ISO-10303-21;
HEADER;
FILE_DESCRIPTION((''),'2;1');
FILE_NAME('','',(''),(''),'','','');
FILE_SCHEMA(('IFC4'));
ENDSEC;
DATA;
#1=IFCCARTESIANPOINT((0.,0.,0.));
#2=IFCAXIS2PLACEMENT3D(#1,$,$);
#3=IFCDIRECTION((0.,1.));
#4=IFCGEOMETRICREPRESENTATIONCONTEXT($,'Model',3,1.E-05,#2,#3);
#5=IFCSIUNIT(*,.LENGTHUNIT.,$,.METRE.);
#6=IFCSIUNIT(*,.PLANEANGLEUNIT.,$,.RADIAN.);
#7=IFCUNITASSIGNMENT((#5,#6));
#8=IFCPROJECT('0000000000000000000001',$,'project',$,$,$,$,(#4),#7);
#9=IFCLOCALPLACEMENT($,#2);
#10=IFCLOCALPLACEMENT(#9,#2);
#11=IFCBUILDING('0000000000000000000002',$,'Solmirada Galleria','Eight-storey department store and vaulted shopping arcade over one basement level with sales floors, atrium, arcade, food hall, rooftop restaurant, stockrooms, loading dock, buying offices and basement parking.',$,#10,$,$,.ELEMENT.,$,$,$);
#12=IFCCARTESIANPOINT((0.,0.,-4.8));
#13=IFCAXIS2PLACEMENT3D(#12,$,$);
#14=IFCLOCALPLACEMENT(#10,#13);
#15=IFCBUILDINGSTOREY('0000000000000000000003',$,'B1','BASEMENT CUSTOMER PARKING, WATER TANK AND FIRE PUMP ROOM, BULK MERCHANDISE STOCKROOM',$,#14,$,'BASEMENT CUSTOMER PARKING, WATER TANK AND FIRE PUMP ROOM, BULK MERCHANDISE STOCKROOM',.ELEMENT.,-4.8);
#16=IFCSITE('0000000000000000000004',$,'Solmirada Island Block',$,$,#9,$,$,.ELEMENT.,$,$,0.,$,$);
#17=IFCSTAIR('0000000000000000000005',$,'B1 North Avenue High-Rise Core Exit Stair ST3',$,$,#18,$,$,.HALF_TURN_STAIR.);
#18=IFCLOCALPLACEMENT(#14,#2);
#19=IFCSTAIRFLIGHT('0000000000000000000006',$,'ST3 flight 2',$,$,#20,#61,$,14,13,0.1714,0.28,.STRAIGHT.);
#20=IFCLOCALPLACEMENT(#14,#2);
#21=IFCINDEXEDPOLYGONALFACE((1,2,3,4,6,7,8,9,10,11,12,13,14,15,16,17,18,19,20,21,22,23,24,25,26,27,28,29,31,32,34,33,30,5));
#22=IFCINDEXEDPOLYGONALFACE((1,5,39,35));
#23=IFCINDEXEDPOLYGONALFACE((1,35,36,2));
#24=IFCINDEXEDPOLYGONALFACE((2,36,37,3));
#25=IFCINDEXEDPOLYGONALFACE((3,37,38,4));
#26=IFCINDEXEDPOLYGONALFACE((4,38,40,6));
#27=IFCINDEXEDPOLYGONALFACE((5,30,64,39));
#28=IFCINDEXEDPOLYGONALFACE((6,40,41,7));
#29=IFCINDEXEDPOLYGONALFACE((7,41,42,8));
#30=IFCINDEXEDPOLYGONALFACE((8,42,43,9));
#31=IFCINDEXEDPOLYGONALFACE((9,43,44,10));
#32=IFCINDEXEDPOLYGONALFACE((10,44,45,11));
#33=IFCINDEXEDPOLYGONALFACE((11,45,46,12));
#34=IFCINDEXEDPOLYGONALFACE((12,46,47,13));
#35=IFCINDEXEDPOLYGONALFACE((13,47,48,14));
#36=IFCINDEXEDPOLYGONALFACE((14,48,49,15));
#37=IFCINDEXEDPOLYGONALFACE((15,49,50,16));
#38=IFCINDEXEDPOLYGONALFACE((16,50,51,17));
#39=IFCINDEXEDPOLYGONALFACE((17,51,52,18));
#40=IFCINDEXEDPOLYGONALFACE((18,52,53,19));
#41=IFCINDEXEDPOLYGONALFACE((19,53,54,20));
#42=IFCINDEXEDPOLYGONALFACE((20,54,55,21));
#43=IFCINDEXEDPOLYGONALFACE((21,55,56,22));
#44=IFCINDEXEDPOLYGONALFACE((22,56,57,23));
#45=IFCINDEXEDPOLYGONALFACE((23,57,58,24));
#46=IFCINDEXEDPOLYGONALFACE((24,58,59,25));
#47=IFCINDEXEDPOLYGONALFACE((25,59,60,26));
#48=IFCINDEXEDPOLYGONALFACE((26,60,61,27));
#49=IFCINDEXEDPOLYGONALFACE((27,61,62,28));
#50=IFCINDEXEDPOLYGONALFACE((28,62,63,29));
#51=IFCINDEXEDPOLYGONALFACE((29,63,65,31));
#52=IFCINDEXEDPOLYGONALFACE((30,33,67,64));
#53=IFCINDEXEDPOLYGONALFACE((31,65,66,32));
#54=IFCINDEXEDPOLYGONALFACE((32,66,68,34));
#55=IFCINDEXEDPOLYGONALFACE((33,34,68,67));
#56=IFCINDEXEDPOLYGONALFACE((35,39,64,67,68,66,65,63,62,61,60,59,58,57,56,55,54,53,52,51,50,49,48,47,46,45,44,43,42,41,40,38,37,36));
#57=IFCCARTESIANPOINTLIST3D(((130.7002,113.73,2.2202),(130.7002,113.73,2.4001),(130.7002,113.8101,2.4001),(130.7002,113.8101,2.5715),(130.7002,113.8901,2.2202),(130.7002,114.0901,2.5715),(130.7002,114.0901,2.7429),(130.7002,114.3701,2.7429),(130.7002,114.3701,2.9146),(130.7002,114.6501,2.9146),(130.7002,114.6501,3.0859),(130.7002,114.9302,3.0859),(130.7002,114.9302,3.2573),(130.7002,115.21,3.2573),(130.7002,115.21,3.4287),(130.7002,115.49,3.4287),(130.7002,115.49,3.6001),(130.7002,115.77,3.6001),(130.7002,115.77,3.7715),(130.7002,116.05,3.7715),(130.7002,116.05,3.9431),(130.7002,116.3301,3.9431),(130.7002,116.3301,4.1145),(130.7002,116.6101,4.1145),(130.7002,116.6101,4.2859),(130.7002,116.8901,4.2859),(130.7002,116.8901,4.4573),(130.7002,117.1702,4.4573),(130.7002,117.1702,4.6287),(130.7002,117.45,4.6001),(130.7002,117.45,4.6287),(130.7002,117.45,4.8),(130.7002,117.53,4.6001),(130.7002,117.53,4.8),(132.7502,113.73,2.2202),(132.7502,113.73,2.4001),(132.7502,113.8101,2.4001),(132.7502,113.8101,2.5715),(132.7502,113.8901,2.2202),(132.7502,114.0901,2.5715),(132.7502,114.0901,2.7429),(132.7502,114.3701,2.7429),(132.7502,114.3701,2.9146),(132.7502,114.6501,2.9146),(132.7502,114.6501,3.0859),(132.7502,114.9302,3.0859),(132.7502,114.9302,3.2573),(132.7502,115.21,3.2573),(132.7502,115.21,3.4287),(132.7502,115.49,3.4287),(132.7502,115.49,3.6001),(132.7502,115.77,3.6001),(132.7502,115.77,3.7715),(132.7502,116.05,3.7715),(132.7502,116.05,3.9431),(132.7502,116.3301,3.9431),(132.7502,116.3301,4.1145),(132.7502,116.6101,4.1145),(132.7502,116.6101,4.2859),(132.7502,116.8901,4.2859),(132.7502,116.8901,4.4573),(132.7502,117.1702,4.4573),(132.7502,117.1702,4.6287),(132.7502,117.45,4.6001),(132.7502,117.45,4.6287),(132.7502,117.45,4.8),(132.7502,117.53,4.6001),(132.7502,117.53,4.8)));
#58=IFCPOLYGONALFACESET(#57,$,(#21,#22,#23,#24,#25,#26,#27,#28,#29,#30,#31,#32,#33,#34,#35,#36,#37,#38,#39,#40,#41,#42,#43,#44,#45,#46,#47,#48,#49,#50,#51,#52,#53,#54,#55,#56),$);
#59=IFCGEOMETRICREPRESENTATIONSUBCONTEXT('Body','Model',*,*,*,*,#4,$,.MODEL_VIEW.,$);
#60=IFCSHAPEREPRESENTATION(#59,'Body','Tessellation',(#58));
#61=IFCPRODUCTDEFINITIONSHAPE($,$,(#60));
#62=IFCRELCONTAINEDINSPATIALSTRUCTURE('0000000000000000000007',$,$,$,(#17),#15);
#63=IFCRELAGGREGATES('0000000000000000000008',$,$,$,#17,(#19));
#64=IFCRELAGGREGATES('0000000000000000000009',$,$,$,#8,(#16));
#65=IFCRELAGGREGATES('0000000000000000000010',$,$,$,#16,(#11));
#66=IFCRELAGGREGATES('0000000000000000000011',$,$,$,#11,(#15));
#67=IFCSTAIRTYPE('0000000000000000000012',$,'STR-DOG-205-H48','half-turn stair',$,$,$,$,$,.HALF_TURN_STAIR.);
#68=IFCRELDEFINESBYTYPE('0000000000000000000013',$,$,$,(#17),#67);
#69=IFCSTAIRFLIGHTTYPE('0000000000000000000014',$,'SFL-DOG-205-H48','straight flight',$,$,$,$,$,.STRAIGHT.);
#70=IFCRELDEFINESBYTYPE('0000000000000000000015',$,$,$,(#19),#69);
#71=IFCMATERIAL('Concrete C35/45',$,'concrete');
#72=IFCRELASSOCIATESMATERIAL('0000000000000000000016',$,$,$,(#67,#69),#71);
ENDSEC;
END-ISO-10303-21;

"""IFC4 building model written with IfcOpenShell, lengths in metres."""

from ifc_helpers import new_model, si_unit, direction, frame, origin, place, context, subcontext, project, spatial, polyline, outline, extrude, material, type_object, element, aggregate, save


model = new_model("IFC4")

# Units and contexts
model_context = context("Model", 3, precision=1e-05, world=origin(), true_north=direction((0.0, 1.0)))
body_context = subcontext(model_context, "Body", "Model", "MODEL_VIEW")
ifc_project = project(units=[si_unit("LENGTHUNIT", "METRE"), si_unit("PLANEANGLEUNIT", "RADIAN")], contexts=[model_context])

# Site, building, storey
site_placement = place(None, origin())
site = spatial("IfcSite", under=ifc_project, at=site_placement, Name="Solmirada Island Block", CompositionType="ELEMENT", RefElevation=0.0)
building_placement = place(site_placement, origin())
building = spatial("IfcBuilding", under=site, at=building_placement, Name="Solmirada Galleria", Description="Eight-storey department store and vaulted shopping arcade over one basement level with sales floors, atrium, arcade, food hall, rooftop restaurant, stockrooms, loading dock, buying offices and basement parking.", CompositionType="ELEMENT")
storey_placement = place(building_placement, frame((0.0, 0.0, -4.8)))
storey = spatial("IfcBuildingStorey", under=building, at=storey_placement, Name="B1", Description="BASEMENT CUSTOMER PARKING, WATER TANK AND FIRE PUMP ROOM, BULK MERCHANDISE STOCKROOM", LongName="BASEMENT CUSTOMER PARKING, WATER TANK AND FIRE PUMP ROOM, BULK MERCHANDISE STOCKROOM", CompositionType="ELEMENT", Elevation=-4.8)

# Shared definitions
ifc_material_1 = material(Name="Concrete C35/45", Category="concrete")

# Stair, stair flight
stair_type = type_object("IfcStairType", Name="STR-DOG-205-H48", Description="half-turn stair", PredefinedType="HALF_TURN_STAIR", material=ifc_material_1)
stair_placement = place(storey_placement, origin())
stair = element("IfcStair", 1, at=stair_placement, inside=storey, type_object=stair_type, Name="B1 North Avenue High-Rise Core Exit Stair ST3", PredefinedType="HALF_TURN_STAIR")
stair_flight_type = type_object("IfcStairFlightType", Name="SFL-DOG-205-H48", Description="straight flight", PredefinedType="STRAIGHT", material=ifc_material_1)
stair_flight_1_placement = place(storey_placement, frame((131.7251, 113.8101, 2.4001), z_axis=(0.0, 0.0, 1.0), x_axis=(0.0, 1.0, 0.0)))
stair_flight_1 = element("IfcStairFlight", 2, at=stair_flight_1_placement, type_object=stair_flight_type, Name="ST3 flight 2", NumberOfRisers=14, NumberOfTreads=13, PredefinedType="STRAIGHT", RiserHeight=0.1714, TreadLength=0.28, context=body_context, shape_type="SweptSolid", body=[
    extrude(outline(polyline([(-0.0801, 0.0), (0.0, 0.0), (0.0, 0.1714), (0.28, 0.1714), (0.28, 0.3428), (0.5601, 0.3428), (0.5601, 0.5144), (0.8401, 0.5144), (0.8401, 0.6858), (1.1201, 0.6858), (1.1201, 0.8572), (1.3999, 0.8572), (1.3999, 1.0286), (1.6799, 1.0286), (1.6799, 1.2), (1.96, 1.2), (1.96, 1.3713), (2.24, 1.3713), (2.24, 1.543), (2.52, 1.543), (2.52, 1.7144), (2.8, 1.7144), (2.8, 1.8857), (3.0801, 1.8857), (3.0801, 2.0571), (3.3601, 2.0571), (3.3601, 2.2285), (3.6399, 2.2285), (3.6399, 2.3999), (3.72, 2.3999), (3.72, 2.2), (3.6399, 2.2), (0.0801, -0.1799), (-0.0801, -0.1799), (-0.0801, 0.0)])), frame((0.0, 1.0249, 0.0), z_axis=(0.0, -1.0, 0.0), x_axis=(1.0, 0.0, 0.0)), (0.0, 0.0, 1.0), 2.05),
])
aggregate(stair, [stair_flight_1])

save(model, "model.ifc")
